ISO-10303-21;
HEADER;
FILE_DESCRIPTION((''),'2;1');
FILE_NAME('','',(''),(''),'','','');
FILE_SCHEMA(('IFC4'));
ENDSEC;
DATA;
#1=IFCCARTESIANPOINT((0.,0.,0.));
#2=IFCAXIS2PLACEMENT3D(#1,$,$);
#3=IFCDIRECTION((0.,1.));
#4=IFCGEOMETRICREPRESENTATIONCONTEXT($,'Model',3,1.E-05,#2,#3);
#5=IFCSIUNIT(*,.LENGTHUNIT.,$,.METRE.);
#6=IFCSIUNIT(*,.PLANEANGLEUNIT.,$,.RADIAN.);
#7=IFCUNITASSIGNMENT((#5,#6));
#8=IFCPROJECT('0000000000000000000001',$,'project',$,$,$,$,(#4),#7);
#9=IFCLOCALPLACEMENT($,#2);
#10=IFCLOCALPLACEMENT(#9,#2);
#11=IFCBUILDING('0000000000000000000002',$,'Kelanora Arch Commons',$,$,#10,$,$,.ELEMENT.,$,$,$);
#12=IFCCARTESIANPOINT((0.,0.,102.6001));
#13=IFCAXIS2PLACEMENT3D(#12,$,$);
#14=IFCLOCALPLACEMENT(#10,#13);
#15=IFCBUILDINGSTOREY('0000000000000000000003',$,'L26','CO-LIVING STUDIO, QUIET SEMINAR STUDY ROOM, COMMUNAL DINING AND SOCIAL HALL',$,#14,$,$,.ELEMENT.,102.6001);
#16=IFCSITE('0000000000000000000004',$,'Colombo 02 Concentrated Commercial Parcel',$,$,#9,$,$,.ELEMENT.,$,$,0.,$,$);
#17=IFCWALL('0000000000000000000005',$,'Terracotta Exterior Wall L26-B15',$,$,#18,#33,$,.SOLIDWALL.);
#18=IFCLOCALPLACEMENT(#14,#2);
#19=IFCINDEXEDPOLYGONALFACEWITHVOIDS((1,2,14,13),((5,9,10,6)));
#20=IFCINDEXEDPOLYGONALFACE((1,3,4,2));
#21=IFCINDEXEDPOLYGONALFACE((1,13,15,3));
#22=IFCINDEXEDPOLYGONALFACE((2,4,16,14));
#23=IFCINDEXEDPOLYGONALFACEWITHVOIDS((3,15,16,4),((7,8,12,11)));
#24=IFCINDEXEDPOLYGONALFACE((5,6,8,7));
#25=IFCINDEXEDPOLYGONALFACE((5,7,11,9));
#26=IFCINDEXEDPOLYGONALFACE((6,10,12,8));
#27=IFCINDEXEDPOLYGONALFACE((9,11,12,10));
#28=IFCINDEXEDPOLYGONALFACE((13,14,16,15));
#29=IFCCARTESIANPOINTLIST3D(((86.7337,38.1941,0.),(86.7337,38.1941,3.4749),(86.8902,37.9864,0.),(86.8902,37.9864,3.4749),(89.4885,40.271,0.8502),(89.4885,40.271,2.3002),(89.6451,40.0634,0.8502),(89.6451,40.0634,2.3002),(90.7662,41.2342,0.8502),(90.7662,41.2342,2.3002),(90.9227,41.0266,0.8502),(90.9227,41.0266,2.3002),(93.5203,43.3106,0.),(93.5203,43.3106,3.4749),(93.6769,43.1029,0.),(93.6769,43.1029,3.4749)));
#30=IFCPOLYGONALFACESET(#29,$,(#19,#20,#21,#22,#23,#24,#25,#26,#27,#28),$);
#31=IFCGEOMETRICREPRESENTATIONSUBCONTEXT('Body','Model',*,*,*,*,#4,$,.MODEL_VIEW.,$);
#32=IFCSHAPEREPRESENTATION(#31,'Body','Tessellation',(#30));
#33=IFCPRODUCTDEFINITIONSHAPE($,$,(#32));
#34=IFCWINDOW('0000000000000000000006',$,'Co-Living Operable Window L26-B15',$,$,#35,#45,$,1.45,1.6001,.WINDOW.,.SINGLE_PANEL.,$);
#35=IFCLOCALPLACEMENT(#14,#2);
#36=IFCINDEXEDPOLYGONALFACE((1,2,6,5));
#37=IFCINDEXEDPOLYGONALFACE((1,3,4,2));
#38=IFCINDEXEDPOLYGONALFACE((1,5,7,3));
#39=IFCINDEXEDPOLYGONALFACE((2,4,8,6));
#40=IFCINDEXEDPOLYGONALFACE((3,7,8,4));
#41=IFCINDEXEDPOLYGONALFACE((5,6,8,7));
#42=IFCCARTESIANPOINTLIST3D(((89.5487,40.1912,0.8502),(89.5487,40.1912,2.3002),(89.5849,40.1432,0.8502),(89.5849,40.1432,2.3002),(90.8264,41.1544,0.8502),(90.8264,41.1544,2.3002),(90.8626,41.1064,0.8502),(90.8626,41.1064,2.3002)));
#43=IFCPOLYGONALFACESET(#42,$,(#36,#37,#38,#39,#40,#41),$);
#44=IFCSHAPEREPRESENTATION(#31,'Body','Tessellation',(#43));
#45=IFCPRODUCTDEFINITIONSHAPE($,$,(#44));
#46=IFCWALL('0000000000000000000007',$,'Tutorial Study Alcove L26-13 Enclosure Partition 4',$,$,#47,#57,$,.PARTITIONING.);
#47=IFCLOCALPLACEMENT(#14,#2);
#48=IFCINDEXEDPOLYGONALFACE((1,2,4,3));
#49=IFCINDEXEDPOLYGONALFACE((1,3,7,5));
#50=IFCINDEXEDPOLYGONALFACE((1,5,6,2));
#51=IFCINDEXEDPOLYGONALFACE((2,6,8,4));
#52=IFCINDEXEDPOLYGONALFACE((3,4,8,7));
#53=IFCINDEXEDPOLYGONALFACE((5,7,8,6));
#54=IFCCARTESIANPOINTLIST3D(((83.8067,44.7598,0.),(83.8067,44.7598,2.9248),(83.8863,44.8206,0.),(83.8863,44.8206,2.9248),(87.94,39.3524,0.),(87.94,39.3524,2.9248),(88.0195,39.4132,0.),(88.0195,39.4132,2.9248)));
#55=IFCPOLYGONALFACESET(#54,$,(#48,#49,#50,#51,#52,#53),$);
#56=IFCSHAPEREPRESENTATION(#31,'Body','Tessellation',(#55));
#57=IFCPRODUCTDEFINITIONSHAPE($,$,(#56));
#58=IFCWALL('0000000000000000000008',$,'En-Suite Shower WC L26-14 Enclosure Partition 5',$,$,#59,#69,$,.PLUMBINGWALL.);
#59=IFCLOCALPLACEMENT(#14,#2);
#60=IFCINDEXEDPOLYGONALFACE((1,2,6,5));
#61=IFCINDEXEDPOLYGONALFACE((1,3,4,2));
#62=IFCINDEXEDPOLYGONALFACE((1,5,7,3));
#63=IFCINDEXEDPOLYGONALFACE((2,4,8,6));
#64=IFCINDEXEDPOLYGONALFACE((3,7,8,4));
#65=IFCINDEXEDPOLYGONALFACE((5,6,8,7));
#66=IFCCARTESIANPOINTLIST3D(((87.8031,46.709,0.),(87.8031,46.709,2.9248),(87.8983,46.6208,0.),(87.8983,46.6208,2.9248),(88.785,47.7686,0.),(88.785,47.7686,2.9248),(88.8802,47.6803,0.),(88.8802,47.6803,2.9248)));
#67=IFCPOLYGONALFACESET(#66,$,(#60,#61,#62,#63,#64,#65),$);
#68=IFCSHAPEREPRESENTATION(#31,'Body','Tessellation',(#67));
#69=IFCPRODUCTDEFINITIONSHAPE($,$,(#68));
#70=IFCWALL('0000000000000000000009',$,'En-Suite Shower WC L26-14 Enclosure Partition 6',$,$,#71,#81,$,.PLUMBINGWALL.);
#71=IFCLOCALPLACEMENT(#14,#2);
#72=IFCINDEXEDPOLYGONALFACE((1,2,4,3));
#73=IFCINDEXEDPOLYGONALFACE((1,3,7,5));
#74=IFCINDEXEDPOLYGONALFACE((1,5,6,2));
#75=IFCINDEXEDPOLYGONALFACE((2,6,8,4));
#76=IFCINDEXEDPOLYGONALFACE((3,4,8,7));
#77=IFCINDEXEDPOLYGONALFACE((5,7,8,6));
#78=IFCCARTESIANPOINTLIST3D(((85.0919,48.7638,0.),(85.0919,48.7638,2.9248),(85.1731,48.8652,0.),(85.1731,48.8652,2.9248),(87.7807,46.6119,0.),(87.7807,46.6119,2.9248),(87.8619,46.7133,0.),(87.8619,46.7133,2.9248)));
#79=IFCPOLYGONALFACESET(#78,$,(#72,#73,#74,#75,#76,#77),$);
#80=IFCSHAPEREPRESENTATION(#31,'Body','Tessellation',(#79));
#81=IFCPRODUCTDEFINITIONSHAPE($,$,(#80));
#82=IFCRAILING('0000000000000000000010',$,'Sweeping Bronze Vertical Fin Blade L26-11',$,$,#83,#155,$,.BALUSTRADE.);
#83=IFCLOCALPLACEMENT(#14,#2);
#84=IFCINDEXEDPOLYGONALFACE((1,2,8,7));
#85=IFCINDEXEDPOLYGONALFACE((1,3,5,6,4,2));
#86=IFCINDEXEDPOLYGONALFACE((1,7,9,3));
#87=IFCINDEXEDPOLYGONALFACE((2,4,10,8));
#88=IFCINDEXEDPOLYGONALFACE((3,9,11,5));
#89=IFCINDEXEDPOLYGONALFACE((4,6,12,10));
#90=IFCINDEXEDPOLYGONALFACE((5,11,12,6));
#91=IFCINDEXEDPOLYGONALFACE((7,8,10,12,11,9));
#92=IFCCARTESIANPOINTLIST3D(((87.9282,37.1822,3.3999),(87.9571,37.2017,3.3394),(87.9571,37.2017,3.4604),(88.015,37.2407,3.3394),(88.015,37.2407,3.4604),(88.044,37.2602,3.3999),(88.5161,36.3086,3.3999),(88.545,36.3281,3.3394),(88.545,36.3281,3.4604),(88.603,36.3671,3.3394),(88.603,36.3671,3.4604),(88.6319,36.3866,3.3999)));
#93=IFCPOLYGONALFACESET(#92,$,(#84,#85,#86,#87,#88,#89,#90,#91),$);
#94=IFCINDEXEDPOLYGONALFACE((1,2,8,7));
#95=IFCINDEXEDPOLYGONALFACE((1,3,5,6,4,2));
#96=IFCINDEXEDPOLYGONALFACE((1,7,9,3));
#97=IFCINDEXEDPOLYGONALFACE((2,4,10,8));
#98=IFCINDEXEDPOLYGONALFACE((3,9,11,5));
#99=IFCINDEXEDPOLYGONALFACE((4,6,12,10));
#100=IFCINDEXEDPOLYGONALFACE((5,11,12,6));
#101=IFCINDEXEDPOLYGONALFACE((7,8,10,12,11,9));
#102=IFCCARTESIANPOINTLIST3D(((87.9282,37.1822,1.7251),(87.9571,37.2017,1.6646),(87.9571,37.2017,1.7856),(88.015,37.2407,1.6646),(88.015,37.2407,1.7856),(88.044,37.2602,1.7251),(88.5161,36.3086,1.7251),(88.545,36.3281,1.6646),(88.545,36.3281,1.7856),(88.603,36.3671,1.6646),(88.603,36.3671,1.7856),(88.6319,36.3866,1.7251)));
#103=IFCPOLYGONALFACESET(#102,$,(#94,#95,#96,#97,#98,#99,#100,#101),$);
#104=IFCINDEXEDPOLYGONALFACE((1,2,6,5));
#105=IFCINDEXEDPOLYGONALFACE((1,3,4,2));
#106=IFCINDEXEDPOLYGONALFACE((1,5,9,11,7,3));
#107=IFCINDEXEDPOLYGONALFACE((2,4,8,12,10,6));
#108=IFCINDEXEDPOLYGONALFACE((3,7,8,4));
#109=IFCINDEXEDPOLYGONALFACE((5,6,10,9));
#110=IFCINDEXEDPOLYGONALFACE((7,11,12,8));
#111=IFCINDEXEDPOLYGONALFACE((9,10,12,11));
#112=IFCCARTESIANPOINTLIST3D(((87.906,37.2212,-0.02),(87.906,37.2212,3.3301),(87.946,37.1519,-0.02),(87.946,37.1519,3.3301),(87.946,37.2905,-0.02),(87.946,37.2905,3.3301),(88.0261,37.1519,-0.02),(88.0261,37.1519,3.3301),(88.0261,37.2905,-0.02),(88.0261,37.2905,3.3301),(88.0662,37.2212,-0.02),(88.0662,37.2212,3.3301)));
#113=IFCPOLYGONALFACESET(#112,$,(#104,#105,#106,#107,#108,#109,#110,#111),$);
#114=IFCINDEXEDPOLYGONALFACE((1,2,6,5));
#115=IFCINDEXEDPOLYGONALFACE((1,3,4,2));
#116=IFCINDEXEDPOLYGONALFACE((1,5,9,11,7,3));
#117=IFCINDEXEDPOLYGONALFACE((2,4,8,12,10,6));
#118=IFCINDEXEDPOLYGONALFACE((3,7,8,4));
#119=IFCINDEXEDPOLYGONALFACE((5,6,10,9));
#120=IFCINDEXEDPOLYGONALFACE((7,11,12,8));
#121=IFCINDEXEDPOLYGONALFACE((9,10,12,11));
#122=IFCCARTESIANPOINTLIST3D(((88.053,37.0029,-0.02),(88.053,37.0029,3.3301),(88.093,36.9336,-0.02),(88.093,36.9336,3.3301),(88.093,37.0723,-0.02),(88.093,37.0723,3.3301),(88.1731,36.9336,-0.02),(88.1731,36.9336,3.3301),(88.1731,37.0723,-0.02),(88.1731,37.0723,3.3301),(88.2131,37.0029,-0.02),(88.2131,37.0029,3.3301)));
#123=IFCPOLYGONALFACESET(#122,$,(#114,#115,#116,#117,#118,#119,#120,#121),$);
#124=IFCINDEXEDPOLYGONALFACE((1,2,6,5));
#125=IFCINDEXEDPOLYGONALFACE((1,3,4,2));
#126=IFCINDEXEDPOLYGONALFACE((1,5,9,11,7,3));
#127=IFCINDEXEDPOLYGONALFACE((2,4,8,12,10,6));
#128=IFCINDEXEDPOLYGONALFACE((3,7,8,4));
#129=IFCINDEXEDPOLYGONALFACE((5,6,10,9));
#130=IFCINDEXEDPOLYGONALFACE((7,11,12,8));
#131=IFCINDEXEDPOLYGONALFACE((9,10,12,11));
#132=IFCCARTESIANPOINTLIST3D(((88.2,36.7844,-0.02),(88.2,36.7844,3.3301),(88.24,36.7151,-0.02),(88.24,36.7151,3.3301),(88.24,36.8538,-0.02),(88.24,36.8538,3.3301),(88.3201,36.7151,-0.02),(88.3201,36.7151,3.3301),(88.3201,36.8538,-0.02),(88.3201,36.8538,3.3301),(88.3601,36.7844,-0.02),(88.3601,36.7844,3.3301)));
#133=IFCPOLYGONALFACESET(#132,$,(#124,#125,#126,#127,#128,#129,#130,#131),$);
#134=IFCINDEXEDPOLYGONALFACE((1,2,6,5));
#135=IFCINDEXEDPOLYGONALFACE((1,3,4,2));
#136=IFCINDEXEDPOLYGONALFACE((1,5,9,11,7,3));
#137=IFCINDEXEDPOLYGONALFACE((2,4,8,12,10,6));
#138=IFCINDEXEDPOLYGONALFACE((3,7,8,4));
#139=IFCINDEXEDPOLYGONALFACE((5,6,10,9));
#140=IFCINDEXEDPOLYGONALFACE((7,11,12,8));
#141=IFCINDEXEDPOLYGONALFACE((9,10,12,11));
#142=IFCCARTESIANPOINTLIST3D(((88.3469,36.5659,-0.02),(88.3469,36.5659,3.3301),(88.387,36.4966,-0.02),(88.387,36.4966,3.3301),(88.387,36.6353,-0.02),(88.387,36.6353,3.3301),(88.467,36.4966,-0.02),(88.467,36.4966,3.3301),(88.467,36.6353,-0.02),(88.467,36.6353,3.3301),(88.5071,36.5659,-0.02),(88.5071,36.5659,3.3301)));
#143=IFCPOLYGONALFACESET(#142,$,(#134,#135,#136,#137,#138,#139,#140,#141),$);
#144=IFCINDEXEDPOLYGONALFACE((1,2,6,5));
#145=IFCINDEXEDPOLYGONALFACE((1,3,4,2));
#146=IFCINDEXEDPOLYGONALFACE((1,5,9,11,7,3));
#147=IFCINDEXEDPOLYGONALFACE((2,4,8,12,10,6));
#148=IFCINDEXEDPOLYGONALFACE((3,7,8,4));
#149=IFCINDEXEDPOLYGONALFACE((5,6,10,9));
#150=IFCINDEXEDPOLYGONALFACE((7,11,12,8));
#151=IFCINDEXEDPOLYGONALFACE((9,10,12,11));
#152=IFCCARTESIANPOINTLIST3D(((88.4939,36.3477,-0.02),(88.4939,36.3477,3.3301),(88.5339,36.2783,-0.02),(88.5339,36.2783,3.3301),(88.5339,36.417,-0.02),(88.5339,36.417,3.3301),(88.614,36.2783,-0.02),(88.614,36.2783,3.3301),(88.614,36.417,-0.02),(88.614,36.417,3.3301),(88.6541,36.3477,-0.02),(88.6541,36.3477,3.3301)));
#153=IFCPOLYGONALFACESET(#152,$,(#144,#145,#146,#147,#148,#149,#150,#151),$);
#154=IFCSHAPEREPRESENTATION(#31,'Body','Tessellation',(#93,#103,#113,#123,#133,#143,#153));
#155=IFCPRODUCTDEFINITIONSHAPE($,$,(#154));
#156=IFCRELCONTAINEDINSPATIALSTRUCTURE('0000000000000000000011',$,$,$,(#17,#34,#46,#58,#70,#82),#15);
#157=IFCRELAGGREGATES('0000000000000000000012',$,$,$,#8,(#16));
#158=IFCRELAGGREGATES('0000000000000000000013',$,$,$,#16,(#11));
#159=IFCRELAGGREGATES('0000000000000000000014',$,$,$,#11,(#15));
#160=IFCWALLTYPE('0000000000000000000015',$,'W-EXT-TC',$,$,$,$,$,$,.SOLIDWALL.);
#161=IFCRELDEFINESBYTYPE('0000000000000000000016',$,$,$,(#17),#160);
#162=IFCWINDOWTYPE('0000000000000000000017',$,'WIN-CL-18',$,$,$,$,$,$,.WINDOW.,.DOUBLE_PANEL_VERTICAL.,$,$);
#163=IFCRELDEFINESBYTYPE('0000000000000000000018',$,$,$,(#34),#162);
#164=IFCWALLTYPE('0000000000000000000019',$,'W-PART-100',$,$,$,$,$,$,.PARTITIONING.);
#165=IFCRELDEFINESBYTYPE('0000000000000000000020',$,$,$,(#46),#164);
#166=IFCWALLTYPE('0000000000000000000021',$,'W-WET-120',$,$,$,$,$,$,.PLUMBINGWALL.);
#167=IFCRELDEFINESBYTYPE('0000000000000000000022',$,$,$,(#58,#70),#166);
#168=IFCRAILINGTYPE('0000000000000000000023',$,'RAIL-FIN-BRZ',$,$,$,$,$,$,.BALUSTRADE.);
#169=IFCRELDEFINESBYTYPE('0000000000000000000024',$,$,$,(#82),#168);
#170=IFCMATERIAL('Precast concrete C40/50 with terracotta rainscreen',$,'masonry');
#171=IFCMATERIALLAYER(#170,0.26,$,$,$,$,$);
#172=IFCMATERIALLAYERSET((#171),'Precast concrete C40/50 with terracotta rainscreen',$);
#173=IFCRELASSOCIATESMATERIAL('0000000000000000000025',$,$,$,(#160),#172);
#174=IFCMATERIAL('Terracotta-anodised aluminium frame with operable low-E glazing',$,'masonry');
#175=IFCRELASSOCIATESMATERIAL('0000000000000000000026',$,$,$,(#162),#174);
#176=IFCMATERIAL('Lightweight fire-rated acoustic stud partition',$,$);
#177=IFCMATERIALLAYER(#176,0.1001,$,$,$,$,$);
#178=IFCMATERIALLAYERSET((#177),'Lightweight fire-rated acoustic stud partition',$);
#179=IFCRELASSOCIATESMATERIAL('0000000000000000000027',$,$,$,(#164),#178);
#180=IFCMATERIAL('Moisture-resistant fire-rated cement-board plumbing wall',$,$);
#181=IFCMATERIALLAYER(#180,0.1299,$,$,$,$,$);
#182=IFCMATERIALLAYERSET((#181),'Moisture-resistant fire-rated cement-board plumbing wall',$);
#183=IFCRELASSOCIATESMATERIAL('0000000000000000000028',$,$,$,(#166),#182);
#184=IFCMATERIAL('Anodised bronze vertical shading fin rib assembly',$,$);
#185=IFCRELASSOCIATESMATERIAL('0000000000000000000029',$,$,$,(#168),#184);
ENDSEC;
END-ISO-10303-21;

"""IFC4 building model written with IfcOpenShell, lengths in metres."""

from ifc_helpers import new_model, si_unit, direction, frame, frame_2d, origin, place, context, subcontext, project, spatial, polyline, rectangle, outline, extrude, material, layer, layer_set, type_object, element, fill, save


model = new_model("IFC4")

# Units and contexts
model_context = context("Model", 3, precision=1e-05, world=origin(), true_north=direction((0.0, 1.0)))
body_context = subcontext(model_context, "Body", "Model", "MODEL_VIEW")
ifc_project = project(units=[si_unit("LENGTHUNIT", "METRE"), si_unit("PLANEANGLEUNIT", "RADIAN")], contexts=[model_context])

# Site, building, storey
site_placement = place(None, origin())
site = spatial("IfcSite", under=ifc_project, at=site_placement, Name="Colombo 02 Concentrated Commercial Parcel", CompositionType="ELEMENT", RefElevation=0.0)
building_placement = place(site_placement, origin())
building = spatial("IfcBuilding", under=site, at=building_placement, Name="Kelanora Arch Commons", CompositionType="ELEMENT")
storey_placement = place(building_placement, frame((0.0, 0.0, 102.6001)))
storey = spatial("IfcBuildingStorey", under=building, at=storey_placement, Name="L26", Description="CO-LIVING STUDIO, QUIET SEMINAR STUDY ROOM, COMMUNAL DINING AND SOCIAL HALL", CompositionType="ELEMENT", Elevation=102.6001)

# Wall, opening, window
ifc_material_1 = material(Name="Precast concrete C40/50 with terracotta rainscreen", Category="masonry")
ifc_layer_1 = layer(ifc_material_1, 0.26)
ifc_layer_set_1 = layer_set([ifc_layer_1], Name="Precast concrete C40/50 with terracotta rainscreen")
wall_type_1 = type_object("IfcWallType", Name="W-EXT-TC", PredefinedType="SOLIDWALL", material=ifc_layer_set_1)
wall_1_placement = place(storey_placement, frame((86.812, 38.0903, 0.0), z_axis=(0.0, 0.0, 1.0), x_axis=(0.798502, 0.601993, 0.0)))
wall_1 = element("IfcWall", 1, at=wall_1_placement, inside=storey, type_object=wall_type_1, Name="Terracotta Exterior Wall L26-B15", PredefinedType="SOLIDWALL", context=body_context, shape_type="SweptSolid", body=[
    extrude(rectangle(XDim=8.4993, YDim=0.26, at=frame_2d((4.2495, 0.0))), origin(), (0.0, 0.0, 1.0), 3.4749),
])
opening_placement = place(wall_1_placement, frame((3.45, 0.0, 0.8501)))
opening = element("IfcOpeningElement", 2, at=opening_placement, cuts=wall_1, PredefinedType="OPENING", context=body_context, shape_type="SweptSolid", body=[
    extrude(rectangle(XDim=1.6001, YDim=1.45, at=frame_2d((0.8, 0.7251))), frame((0.0, 0.1401, 0.0), z_axis=(0.0, -1.0, 0.0), x_axis=(1.0, 0.0, 0.0)), (0.0, 0.0, 1.0), 0.28),
])
ifc_material_2 = material(Name="Terracotta-anodised aluminium frame with operable low-E glazing", Category="masonry")
window_type = type_object("IfcWindowType", Name="WIN-CL-18", PartitioningType="DOUBLE_PANEL_VERTICAL", PredefinedType="WINDOW", material=ifc_material_2)
window_placement = place(opening_placement, origin())
window = element("IfcWindow", 3, at=window_placement, inside=storey, type_object=window_type, Name="Co-Living Operable Window L26-B15", OverallHeight=1.45, OverallWidth=1.6001, PartitioningType="SINGLE_PANEL", PredefinedType="WINDOW", context=body_context, shape_type="SweptSolid", body=[
    extrude(rectangle(XDim=1.6001, YDim=1.45, at=frame_2d((0.8, 0.7251))), frame((0.0, 0.03, 0.0), z_axis=(0.0, -1.0, 0.0), x_axis=(1.0, 0.0, 0.0)), (0.0, 0.0, 1.0), 0.0601),
])
fill(opening, window)

# Walls
ifc_material_3 = material(Name="Lightweight fire-rated acoustic stud partition")
ifc_layer_2 = layer(ifc_material_3, 0.1001)
ifc_layer_set_2 = layer_set([ifc_layer_2], Name="Lightweight fire-rated acoustic stud partition")
wall_type_2 = type_object("IfcWallType", Name="W-PART-100", PredefinedType="PARTITIONING", material=ifc_layer_set_2)
wall_2_placement = place(storey_placement, frame((87.9797, 39.3828, 0.0), z_axis=(0.0, 0.0, 1.0), x_axis=(-0.607281, 0.794487, 0.0)))
element("IfcWall", 4, at=wall_2_placement, inside=storey, type_object=wall_type_2, Name="Tutorial Study Alcove L26-13 Enclosure Partition 4", PredefinedType="PARTITIONING", context=body_context, shape_type="SweptSolid", body=[
    extrude(rectangle(XDim=6.8062, YDim=0.1001, at=frame_2d((3.4031, 0.0))), origin(), (0.0, 0.0, 1.0), 2.9248),
])
ifc_material_4 = material(Name="Moisture-resistant fire-rated cement-board plumbing wall")
ifc_layer_3 = layer(ifc_material_4, 0.1299)
ifc_layer_set_3 = layer_set([ifc_layer_3], Name="Moisture-resistant fire-rated cement-board plumbing wall")
wall_type_3 = type_object("IfcWallType", Name="W-WET-120", PredefinedType="PLUMBINGWALL", material=ifc_layer_set_3)
wall_3_placement = place(storey_placement, frame((88.8325, 47.7244, 0.0), z_axis=(0.0, 0.0, 1.0), x_axis=(-0.679725, -0.733467, 0.0)))
element("IfcWall", 5, at=wall_3_placement, inside=storey, type_object=wall_type_3, Name="En-Suite Shower WC L26-14 Enclosure Partition 5", PredefinedType="PLUMBINGWALL", context=body_context, shape_type="SweptSolid", body=[
    extrude(rectangle(XDim=1.4446, YDim=0.1299, at=frame_2d((0.7222, 0.0))), origin(), (0.0, 0.0, 1.0), 2.9248),
])
wall_4_placement = place(storey_placement, frame((87.8213, 46.6626, 0.0), z_axis=(0.0, 0.0, 1.0), x_axis=(-0.780744, 0.624851, 0.0)))
element("IfcWall", 6, at=wall_4_placement, inside=storey, type_object=wall_type_3, Name="En-Suite Shower WC L26-14 Enclosure Partition 6", PredefinedType="PLUMBINGWALL", context=body_context, shape_type="SweptSolid", body=[
    extrude(rectangle(XDim=3.4438, YDim=0.1299, at=frame_2d((1.7219, 0.0))), origin(), (0.0, 0.0, 1.0), 2.9248),
])

# Railing
ifc_material_5 = material(Name="Anodised bronze vertical shading fin rib assembly")
railing_type = type_object("IfcRailingType", Name="RAIL-FIN-BRZ", PredefinedType="BALUSTRADE", material=ifc_material_5)
railing_1_placement = place(storey_placement, frame((87.9861, 37.2212, -0.02)))
element("IfcRailing", 7, at=railing_1_placement, inside=storey, type_object=railing_type, Name="Sweeping Bronze Vertical Fin Blade L26-11", PredefinedType="BALUSTRADE", context=body_context, shape_type="SweptSolid", body=[
    extrude(outline(polyline([(0.0698, 0.0), (0.0349, 0.0605), (-0.0349, 0.0605), (-0.0698, 0.0), (-0.0349, -0.0605), (0.0349, -0.0605), (0.0698, 0.0)])), frame((0.0, 0.0, 3.4199), z_axis=(0.558333, -0.829617, 0.0), x_axis=(0.829617, 0.558333, 0.0)), (0.0, 0.0, 1.0), 1.053),
    extrude(outline(polyline([(0.0698, 0.0), (0.0349, 0.0605), (-0.0349, 0.0605), (-0.0698, 0.0), (-0.0349, -0.0605), (0.0349, -0.0605), (0.0698, 0.0)])), frame((0.0, 0.0, 1.7451), z_axis=(0.558333, -0.829617, 0.0), x_axis=(0.829617, 0.558333, 0.0)), (0.0, 0.0, 1.0), 1.053),
    extrude(outline(polyline([(0.0801, 0.0), (0.04, 0.0693), (-0.04, 0.0693), (-0.0801, 0.0), (-0.04, -0.0693), (0.04, -0.0693), (0.0801, 0.0)])), origin(), (0.0, 0.0, 1.0), 3.3501),
    extrude(outline(polyline([(0.0801, 0.0), (0.04, 0.0693), (-0.04, 0.0693), (-0.0801, 0.0), (-0.04, -0.0693), (0.04, -0.0693), (0.0801, 0.0)])), frame((0.147, -0.2183, 0.0)), (0.0, 0.0, 1.0), 3.3501),
    extrude(outline(polyline([(0.0801, 0.0), (0.04, 0.0693), (-0.04, 0.0693), (-0.0801, 0.0), (-0.04, -0.0693), (0.04, -0.0693), (0.0801, 0.0)])), frame((0.2939, -0.4368, 0.0)), (0.0, 0.0, 1.0), 3.3501),
    extrude(outline(polyline([(0.0801, 0.0), (0.04, 0.0693), (-0.04, 0.0693), (-0.0801, 0.0), (-0.04, -0.0693), (0.04, -0.0693), (0.0801, 0.0)])), frame((0.4409, -0.6553, 0.0)), (0.0, 0.0, 1.0), 3.3501),
    extrude(outline(polyline([(0.0801, 0.0), (0.04, 0.0693), (-0.04, 0.0693), (-0.0801, 0.0), (-0.04, -0.0693), (0.04, -0.0693), (0.0801, 0.0)])), frame((0.5879, -0.8735, 0.0)), (0.0, 0.0, 1.0), 3.3501),
])

save(model, "model.ifc")
